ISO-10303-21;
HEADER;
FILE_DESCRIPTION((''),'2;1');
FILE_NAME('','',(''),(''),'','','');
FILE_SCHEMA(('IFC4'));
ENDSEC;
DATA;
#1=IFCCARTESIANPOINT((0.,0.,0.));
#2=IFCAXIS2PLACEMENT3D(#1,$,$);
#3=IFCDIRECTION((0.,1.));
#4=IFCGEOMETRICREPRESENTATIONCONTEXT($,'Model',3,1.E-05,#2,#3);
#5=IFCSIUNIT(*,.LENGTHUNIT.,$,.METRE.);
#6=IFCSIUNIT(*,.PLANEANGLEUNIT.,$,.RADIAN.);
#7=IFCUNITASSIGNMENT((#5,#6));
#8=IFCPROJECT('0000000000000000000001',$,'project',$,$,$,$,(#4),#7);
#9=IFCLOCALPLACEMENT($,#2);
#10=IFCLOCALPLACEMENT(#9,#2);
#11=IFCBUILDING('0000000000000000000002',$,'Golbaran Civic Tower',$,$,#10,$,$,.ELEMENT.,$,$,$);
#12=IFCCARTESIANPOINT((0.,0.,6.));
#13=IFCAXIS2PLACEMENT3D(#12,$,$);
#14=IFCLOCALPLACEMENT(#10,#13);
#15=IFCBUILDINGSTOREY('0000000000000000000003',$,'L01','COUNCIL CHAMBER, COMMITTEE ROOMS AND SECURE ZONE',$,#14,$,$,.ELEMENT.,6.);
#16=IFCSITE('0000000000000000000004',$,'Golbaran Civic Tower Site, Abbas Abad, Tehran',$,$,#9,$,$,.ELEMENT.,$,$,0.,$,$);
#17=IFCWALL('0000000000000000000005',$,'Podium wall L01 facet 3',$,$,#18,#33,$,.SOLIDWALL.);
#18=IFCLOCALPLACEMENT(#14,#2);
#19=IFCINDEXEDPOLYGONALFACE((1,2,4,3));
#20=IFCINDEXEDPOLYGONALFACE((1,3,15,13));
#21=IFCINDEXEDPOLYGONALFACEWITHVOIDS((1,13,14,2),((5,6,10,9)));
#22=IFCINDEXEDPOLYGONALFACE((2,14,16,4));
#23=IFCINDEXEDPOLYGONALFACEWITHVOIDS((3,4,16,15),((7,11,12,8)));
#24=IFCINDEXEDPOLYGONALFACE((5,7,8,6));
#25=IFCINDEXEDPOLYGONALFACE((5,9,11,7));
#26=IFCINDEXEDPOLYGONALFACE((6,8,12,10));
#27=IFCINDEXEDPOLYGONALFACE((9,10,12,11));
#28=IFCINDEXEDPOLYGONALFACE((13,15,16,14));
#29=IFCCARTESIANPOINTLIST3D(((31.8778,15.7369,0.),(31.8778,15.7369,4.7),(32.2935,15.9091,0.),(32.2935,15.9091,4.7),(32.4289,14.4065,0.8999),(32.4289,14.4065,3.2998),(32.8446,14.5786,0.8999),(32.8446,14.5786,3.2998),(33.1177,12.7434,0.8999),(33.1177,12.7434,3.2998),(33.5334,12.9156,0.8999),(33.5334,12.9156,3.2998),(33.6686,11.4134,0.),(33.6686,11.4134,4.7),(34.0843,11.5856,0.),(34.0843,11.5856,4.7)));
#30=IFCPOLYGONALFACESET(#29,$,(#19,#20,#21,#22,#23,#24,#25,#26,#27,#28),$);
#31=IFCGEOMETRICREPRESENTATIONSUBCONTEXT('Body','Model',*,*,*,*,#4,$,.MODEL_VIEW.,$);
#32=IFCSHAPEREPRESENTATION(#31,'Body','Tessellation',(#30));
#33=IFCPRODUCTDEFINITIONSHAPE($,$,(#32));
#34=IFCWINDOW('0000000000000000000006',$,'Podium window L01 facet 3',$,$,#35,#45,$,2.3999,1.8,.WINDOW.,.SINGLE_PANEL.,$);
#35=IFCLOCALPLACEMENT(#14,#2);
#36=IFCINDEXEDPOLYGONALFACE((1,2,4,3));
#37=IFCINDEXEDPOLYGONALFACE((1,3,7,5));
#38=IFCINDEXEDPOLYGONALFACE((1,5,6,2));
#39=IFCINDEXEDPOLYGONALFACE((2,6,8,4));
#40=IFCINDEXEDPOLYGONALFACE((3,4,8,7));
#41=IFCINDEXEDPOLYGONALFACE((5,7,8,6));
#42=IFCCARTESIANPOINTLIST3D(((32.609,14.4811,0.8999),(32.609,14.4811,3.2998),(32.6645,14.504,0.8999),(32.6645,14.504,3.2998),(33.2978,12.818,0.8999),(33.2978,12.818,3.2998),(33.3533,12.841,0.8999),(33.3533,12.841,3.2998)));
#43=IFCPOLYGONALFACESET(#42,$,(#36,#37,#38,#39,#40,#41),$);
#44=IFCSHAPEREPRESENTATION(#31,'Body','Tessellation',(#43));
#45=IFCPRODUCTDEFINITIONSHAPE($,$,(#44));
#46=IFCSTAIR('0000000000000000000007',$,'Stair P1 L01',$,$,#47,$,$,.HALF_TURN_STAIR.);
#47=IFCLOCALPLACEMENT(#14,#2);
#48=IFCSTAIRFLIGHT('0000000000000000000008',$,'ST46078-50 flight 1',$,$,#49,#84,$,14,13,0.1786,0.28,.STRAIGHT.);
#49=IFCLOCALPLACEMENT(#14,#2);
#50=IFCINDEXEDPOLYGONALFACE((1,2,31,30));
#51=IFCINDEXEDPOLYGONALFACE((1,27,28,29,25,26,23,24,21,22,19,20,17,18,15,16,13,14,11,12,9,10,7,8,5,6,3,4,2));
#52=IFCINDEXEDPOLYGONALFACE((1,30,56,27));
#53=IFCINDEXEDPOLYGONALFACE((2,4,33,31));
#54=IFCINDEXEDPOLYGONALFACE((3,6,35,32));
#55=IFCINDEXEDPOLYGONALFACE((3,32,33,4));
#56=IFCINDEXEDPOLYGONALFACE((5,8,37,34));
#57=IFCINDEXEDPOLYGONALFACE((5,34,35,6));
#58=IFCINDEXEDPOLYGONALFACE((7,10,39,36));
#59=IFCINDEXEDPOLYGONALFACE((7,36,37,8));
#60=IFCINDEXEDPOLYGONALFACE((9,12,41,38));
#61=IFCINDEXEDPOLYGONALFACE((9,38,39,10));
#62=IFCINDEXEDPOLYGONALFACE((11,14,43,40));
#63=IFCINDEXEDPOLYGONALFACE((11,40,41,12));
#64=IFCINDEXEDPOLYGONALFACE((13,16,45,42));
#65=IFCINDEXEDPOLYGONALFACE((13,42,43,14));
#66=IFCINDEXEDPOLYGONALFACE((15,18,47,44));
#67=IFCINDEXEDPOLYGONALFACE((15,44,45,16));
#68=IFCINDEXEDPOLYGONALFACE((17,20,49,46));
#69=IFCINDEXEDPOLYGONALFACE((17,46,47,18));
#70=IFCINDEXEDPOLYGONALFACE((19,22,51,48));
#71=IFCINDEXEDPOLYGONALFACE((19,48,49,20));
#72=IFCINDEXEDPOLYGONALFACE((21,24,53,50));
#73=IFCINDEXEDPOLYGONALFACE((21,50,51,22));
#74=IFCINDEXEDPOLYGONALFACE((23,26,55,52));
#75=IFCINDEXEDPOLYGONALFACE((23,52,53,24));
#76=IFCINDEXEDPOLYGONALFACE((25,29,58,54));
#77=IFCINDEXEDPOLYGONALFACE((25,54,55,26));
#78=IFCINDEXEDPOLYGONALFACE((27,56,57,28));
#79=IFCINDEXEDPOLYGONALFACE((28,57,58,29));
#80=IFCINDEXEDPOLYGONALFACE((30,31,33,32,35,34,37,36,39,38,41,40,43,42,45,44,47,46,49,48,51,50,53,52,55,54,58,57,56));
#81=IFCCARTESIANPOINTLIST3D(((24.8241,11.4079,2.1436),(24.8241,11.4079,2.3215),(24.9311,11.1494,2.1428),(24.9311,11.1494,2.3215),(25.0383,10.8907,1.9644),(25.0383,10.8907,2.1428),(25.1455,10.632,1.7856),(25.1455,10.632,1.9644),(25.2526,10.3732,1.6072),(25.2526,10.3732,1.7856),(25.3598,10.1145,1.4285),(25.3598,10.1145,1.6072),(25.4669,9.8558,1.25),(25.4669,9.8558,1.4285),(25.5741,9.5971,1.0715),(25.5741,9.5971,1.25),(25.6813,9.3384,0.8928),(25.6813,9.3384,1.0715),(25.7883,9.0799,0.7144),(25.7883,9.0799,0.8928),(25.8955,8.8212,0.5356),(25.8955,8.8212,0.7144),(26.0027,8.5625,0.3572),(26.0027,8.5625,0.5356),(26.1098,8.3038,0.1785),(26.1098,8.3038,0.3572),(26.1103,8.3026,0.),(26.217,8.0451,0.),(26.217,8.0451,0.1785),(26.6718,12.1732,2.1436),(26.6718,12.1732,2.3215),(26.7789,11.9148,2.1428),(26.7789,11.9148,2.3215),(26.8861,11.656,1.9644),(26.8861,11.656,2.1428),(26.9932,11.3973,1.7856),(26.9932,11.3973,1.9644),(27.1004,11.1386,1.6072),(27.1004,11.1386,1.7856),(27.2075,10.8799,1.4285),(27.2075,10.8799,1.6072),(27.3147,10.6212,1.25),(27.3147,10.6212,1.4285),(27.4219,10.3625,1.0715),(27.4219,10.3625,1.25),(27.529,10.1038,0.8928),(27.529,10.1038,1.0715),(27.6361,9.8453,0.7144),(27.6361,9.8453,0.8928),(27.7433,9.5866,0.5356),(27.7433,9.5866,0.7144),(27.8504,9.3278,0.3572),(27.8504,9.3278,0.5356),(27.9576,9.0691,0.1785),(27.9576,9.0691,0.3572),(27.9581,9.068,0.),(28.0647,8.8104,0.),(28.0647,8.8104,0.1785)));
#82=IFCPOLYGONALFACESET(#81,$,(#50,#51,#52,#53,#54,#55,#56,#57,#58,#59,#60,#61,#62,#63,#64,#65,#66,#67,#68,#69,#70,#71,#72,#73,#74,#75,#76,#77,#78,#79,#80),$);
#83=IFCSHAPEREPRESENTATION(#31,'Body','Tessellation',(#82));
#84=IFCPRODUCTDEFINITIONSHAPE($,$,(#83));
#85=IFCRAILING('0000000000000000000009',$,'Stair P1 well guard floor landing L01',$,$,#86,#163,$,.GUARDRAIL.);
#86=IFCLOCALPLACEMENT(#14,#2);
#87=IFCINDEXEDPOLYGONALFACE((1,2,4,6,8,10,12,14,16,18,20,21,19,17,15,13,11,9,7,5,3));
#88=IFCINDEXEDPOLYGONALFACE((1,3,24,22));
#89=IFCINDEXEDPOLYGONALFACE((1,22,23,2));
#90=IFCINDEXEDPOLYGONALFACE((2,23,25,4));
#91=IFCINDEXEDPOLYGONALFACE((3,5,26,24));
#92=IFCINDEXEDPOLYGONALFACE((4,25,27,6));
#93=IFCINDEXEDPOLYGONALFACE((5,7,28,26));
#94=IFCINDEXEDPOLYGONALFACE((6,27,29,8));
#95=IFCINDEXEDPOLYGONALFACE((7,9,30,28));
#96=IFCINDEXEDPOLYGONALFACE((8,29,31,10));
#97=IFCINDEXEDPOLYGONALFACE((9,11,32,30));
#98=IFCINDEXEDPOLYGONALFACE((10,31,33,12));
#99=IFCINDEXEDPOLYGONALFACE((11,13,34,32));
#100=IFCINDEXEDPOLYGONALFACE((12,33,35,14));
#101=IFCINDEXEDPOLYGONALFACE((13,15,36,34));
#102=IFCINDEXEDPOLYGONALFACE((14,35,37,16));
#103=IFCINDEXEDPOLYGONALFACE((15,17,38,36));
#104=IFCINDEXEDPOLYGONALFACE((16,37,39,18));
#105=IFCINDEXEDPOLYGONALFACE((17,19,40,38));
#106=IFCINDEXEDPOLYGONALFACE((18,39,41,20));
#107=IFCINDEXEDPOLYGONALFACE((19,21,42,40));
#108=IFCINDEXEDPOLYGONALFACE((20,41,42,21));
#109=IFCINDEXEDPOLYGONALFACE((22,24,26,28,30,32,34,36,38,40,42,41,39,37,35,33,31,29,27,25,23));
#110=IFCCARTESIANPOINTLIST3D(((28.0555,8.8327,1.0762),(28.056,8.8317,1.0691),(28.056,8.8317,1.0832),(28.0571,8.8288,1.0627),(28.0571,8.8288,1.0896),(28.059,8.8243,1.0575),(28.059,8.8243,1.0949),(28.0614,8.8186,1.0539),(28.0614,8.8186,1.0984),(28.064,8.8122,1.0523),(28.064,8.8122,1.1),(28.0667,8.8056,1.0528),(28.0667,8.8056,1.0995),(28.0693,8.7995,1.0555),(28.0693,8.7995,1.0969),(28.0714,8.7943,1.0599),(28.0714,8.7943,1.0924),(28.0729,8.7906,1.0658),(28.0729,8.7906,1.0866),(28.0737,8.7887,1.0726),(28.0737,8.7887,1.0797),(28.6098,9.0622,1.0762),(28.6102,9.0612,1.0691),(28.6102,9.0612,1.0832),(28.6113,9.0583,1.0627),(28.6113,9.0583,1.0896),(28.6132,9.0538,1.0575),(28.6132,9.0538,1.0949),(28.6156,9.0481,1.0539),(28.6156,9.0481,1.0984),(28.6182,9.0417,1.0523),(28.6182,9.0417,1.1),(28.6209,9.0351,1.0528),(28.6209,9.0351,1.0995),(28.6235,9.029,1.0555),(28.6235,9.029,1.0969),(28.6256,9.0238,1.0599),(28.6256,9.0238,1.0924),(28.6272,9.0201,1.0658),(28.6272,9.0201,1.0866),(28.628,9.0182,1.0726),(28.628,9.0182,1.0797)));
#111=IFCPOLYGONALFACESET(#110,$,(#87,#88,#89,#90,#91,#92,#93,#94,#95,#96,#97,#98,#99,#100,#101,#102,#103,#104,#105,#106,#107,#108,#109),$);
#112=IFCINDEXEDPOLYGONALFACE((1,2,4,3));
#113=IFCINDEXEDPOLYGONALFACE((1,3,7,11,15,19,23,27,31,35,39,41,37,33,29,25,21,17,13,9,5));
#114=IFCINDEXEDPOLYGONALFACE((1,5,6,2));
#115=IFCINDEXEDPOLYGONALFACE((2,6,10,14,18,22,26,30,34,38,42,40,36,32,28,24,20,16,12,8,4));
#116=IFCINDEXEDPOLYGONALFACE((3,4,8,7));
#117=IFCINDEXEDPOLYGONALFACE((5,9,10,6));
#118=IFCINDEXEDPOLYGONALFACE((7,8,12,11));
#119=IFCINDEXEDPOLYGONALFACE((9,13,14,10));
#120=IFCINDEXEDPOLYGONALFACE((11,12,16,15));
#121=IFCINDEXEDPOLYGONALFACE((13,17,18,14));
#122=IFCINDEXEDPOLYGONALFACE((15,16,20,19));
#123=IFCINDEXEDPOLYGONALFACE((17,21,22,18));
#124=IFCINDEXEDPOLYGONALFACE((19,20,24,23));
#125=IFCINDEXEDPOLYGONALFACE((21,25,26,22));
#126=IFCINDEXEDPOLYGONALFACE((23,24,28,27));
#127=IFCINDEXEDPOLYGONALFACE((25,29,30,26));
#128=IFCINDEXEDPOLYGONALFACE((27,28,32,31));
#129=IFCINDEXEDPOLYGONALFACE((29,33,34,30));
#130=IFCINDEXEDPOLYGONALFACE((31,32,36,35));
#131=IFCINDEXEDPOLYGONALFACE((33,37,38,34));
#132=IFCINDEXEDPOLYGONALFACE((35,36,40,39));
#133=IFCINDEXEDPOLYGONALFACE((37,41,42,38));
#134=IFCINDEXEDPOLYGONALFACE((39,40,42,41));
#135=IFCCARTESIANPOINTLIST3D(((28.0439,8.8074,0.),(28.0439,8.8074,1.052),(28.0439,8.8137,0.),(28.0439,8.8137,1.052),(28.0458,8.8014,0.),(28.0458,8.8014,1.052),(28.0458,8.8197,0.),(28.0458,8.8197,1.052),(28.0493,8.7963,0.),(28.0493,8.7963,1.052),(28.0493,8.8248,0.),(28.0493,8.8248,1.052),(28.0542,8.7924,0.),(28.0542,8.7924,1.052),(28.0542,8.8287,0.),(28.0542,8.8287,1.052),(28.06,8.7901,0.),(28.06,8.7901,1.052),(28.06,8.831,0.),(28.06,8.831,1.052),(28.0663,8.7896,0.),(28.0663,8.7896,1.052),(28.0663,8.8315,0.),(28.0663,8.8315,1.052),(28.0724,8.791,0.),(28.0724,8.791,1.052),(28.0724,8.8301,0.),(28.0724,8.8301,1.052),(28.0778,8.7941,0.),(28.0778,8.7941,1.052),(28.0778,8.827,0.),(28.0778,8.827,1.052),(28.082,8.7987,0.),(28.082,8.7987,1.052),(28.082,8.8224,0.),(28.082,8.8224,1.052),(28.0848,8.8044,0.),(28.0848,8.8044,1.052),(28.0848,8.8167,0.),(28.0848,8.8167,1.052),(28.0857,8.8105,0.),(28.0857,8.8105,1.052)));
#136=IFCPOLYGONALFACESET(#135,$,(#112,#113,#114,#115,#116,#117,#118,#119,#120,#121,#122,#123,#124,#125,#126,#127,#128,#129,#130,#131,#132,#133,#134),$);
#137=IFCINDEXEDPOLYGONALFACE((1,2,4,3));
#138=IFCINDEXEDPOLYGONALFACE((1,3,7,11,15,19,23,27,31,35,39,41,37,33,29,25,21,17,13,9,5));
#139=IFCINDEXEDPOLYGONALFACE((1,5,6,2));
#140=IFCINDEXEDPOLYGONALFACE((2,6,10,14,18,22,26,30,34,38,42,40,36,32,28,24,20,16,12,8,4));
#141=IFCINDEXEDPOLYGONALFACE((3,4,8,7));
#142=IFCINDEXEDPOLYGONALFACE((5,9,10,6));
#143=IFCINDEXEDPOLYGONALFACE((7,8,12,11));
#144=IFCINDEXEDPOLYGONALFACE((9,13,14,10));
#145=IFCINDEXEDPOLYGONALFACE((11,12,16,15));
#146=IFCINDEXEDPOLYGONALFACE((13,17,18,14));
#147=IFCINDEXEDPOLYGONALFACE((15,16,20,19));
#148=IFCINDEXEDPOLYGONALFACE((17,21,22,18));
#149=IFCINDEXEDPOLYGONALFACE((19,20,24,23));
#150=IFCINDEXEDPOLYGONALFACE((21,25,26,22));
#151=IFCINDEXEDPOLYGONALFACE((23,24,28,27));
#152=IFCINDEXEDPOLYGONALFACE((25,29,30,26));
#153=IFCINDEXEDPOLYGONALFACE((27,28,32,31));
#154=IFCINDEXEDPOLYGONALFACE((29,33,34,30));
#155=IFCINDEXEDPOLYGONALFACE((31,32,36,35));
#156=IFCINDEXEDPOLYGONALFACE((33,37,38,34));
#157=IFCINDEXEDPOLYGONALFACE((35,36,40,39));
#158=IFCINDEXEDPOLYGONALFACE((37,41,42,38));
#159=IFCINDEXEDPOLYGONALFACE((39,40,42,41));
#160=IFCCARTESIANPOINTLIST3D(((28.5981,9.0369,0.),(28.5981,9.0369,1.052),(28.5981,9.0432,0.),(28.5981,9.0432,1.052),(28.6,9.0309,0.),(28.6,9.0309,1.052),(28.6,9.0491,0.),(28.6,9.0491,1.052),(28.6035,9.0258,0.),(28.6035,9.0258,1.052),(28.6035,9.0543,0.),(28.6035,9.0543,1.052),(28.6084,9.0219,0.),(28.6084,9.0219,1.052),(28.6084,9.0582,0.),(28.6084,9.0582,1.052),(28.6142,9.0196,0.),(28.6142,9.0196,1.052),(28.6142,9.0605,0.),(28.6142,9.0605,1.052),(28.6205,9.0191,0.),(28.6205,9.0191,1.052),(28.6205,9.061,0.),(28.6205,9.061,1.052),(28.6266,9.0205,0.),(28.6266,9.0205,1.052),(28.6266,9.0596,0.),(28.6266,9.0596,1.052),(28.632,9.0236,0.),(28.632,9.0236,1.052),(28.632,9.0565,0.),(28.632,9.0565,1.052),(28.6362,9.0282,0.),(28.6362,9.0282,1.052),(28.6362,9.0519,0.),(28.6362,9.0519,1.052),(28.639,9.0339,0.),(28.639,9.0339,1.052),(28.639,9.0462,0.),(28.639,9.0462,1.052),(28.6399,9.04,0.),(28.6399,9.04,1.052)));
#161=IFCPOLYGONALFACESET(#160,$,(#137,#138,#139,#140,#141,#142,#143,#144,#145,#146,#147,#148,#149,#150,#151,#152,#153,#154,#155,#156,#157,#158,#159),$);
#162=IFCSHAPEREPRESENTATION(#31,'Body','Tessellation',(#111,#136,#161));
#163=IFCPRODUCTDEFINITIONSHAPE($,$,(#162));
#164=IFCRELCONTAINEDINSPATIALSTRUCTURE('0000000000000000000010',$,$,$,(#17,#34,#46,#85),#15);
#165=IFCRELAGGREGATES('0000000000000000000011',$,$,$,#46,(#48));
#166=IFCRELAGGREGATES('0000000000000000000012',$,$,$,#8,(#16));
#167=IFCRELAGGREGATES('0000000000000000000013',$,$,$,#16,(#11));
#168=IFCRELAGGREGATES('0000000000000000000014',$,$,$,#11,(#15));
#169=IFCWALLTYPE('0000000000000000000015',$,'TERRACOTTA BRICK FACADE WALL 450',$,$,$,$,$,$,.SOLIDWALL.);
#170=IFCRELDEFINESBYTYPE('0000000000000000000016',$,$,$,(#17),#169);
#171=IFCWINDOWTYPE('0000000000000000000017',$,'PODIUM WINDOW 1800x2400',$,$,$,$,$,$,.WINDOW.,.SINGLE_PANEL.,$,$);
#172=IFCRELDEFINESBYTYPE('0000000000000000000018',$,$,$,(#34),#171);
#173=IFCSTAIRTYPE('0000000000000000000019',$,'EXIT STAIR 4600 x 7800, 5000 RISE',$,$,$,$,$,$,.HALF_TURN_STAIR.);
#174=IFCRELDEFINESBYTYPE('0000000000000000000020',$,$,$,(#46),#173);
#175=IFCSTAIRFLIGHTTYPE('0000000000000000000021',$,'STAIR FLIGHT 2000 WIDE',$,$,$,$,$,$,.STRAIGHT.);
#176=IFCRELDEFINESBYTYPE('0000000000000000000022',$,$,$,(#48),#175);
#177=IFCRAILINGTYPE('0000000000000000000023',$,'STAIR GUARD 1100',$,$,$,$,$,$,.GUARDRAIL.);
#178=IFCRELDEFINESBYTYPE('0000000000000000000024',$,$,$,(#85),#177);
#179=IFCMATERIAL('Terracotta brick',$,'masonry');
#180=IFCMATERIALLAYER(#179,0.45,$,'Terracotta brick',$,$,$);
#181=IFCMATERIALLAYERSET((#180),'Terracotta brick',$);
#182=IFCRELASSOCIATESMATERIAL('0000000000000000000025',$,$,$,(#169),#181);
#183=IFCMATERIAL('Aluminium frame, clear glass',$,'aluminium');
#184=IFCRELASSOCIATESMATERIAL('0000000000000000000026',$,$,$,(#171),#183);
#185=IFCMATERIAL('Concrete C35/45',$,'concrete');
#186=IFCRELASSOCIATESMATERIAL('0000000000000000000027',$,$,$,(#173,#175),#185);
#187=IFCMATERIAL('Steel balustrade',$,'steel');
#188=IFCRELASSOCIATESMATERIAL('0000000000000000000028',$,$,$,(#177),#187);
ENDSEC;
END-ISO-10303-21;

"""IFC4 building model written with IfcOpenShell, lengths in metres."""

from ifc_helpers import new_model, si_unit, direction, frame, frame_2d, origin, origin_2d, place, context, subcontext, project, spatial, polyline, rectangle, circle, outline, extrude, material, layer, layer_set, type_object, element, fill, aggregate, save


model = new_model("IFC4")

# Units and contexts
model_context = context("Model", 3, precision=1e-05, world=origin(), true_north=direction((0.0, 1.0)))
body_context = subcontext(model_context, "Body", "Model", "MODEL_VIEW")
ifc_project = project(units=[si_unit("LENGTHUNIT", "METRE"), si_unit("PLANEANGLEUNIT", "RADIAN")], contexts=[model_context])

# Site, building, storey
site_placement = place(None, origin())
site = spatial("IfcSite", under=ifc_project, at=site_placement, Name="Golbaran Civic Tower Site, Abbas Abad, Tehran", CompositionType="ELEMENT", RefElevation=0.0)
building_placement = place(site_placement, origin())
building = spatial("IfcBuilding", under=site, at=building_placement, Name="Golbaran Civic Tower", CompositionType="ELEMENT")
storey_placement = place(building_placement, frame((0.0, 0.0, 6.0)))
storey = spatial("IfcBuildingStorey", under=building, at=storey_placement, Name="L01", Description="COUNCIL CHAMBER, COMMITTEE ROOMS AND SECURE ZONE", CompositionType="ELEMENT", Elevation=6.0)

# Wall, opening, window
ifc_material_1 = material(Name="Terracotta brick", Category="masonry")
ifc_layer_1 = layer(ifc_material_1, 0.45, Name="Terracotta brick")
ifc_layer_set_1 = layer_set([ifc_layer_1], Name="Terracotta brick")
wall_type_1 = type_object("IfcWallType", Name="TERRACOTTA BRICK FACADE WALL 450", PredefinedType="SOLIDWALL", material=ifc_layer_set_1)
ifc_material_2 = material(Name="Aluminium frame, clear glass", Category="aluminium")
window_type = type_object("IfcWindowType", Name="PODIUM WINDOW 1800x2400", PartitioningType="SINGLE_PANEL", PredefinedType="WINDOW", material=ifc_material_2)
wall_1_placement = place(storey_placement, frame((33.8765, 11.4995, 0.0), z_axis=(0.0, 0.0, 1.0), x_axis=(-0.38267, 0.923885, 0.0)))
wall_1 = element("IfcWall", 1, at=wall_1_placement, inside=storey, type_object=wall_type_1, Name="Podium wall L01 facet 3", PredefinedType="SOLIDWALL", context=body_context, shape_type="SweptSolid", body=[
    extrude(rectangle(XDim=4.6797, YDim=0.45, at=frame_2d((2.3398, 0.0))), origin(), (0.0, 0.0, 1.0), 4.7),
])
opening_1_placement = place(wall_1_placement, frame((1.4397, 0.0, 0.8999)))
opening_1 = element("IfcOpeningElement", 2, at=opening_1_placement, cuts=wall_1, PredefinedType="OPENING", context=body_context, shape_type="SweptSolid", body=[
    extrude(rectangle(XDim=1.8, YDim=2.3999, at=frame_2d((0.8999, 1.2))), frame((0.0, 0.2349, 0.0), z_axis=(0.0, -1.0, 0.0), x_axis=(1.0, 0.0, 0.0)), (0.0, 0.0, 1.0), 0.47),
])
window_1_placement = place(opening_1_placement, origin())
window_1 = element("IfcWindow", 3, at=window_1_placement, inside=storey, type_object=window_type, Name="Podium window L01 facet 3", OverallHeight=2.3999, OverallWidth=1.8, PartitioningType="SINGLE_PANEL", PredefinedType="WINDOW", context=body_context, shape_type="SweptSolid", body=[
    extrude(rectangle(XDim=1.8, YDim=2.3999, at=frame_2d((0.8999, 1.2))), frame((0.0, 0.03, 0.0), z_axis=(0.0, -1.0, 0.0), x_axis=(1.0, 0.0, 0.0)), (0.0, 0.0, 1.0), 0.0601),
])
fill(opening_1, window_1)

# Stair, stair flight
ifc_material_3 = material(Name="Concrete C35/45", Category="concrete")
stair_type = type_object("IfcStairType", Name="EXIT STAIR 4600 x 7800, 5000 RISE", PredefinedType="HALF_TURN_STAIR", material=ifc_material_3)
stair_placement = place(storey_placement, origin())
stair = element("IfcStair", 4, at=stair_placement, inside=storey, type_object=stair_type, Name="Stair P1 L01", PredefinedType="HALF_TURN_STAIR")
stair_flight_type = type_object("IfcStairFlightType", Name="STAIR FLIGHT 2000 WIDE", PredefinedType="STRAIGHT", material=ifc_material_3)
stair_flight_placement = place(storey_placement, frame((27.1409, 8.4277, 0.0), z_axis=(0.0, 0.0, 1.0), x_axis=(-0.382683, 0.92388, 0.0)))
stair_flight = element("IfcStairFlight", 5, at=stair_flight_placement, type_object=stair_flight_type, Name="ST46078-50 flight 1", NumberOfRisers=14, NumberOfTreads=13, PredefinedType="STRAIGHT", RiserHeight=0.1786, TreadLength=0.28, context=body_context, shape_type="SweptSolid", body=[
    extrude(outline(polyline([(0.0, 0.0), (0.0, 0.1785), (0.28, 0.1785), (0.28, 0.3572), (0.5601, 0.3572), (0.5601, 0.5356), (0.8401, 0.5356), (0.8401, 0.7144), (1.1201, 0.7144), (1.1201, 0.8928), (1.3999, 0.8928), (1.3999, 1.0715), (1.6799, 1.0715), (1.6799, 1.25), (1.96, 1.25), (1.96, 1.4285), (2.24, 1.4285), (2.24, 1.6072), (2.52, 1.6072), (2.52, 1.7856), (2.8, 1.7856), (2.8, 1.9644), (3.0801, 1.9644), (3.0801, 2.1428), (3.3601, 2.1428), (3.3601, 2.3215), (3.6399, 2.3215), (3.6399, 2.5), (3.6399, 2.1436), (0.2788, 0.0), (0.0, 0.0)])), frame((0.0, 1.0, 0.0), z_axis=(0.0, -1.0, 0.0), x_axis=(1.0, 0.0, 0.0)), (0.0, 0.0, 1.0), 2.0),
])
aggregate(stair, [stair_flight])

# Railing
ifc_material_4 = material(Name="Steel balustrade", Category="steel")
railing_type_1 = type_object("IfcRailingType", Name="STAIR GUARD 1100", PredefinedType="GUARDRAIL", material=ifc_material_4)
railing_1_placement = place(storey_placement, frame((28.0647, 8.8105, 0.0)))
element("IfcRailing", 6, at=railing_1_placement, inside=storey, type_object=railing_type_1, Name="Stair P1 well guard floor landing L01", PredefinedType="GUARDRAIL", context=body_context, shape_type="SweptSolid", body=[
    extrude(circle(Radius=0.0239, at=origin_2d()), frame((0.0, 0.0, 1.0762), z_axis=(0.923918, 0.382591, 0.0), x_axis=(-0.382591, 0.923918, 0.0)), (0.0, 0.0, 1.0), 0.5999),
    extrude(circle(Radius=0.021, at=origin_2d()), origin(), (0.0, 0.0, 1.0), 1.052),
    extrude(circle(Radius=0.021, at=origin_2d()), frame((0.5542, 0.2295, 0.0)), (0.0, 0.0, 1.0), 1.052),
])

save(model, "model.ifc")
